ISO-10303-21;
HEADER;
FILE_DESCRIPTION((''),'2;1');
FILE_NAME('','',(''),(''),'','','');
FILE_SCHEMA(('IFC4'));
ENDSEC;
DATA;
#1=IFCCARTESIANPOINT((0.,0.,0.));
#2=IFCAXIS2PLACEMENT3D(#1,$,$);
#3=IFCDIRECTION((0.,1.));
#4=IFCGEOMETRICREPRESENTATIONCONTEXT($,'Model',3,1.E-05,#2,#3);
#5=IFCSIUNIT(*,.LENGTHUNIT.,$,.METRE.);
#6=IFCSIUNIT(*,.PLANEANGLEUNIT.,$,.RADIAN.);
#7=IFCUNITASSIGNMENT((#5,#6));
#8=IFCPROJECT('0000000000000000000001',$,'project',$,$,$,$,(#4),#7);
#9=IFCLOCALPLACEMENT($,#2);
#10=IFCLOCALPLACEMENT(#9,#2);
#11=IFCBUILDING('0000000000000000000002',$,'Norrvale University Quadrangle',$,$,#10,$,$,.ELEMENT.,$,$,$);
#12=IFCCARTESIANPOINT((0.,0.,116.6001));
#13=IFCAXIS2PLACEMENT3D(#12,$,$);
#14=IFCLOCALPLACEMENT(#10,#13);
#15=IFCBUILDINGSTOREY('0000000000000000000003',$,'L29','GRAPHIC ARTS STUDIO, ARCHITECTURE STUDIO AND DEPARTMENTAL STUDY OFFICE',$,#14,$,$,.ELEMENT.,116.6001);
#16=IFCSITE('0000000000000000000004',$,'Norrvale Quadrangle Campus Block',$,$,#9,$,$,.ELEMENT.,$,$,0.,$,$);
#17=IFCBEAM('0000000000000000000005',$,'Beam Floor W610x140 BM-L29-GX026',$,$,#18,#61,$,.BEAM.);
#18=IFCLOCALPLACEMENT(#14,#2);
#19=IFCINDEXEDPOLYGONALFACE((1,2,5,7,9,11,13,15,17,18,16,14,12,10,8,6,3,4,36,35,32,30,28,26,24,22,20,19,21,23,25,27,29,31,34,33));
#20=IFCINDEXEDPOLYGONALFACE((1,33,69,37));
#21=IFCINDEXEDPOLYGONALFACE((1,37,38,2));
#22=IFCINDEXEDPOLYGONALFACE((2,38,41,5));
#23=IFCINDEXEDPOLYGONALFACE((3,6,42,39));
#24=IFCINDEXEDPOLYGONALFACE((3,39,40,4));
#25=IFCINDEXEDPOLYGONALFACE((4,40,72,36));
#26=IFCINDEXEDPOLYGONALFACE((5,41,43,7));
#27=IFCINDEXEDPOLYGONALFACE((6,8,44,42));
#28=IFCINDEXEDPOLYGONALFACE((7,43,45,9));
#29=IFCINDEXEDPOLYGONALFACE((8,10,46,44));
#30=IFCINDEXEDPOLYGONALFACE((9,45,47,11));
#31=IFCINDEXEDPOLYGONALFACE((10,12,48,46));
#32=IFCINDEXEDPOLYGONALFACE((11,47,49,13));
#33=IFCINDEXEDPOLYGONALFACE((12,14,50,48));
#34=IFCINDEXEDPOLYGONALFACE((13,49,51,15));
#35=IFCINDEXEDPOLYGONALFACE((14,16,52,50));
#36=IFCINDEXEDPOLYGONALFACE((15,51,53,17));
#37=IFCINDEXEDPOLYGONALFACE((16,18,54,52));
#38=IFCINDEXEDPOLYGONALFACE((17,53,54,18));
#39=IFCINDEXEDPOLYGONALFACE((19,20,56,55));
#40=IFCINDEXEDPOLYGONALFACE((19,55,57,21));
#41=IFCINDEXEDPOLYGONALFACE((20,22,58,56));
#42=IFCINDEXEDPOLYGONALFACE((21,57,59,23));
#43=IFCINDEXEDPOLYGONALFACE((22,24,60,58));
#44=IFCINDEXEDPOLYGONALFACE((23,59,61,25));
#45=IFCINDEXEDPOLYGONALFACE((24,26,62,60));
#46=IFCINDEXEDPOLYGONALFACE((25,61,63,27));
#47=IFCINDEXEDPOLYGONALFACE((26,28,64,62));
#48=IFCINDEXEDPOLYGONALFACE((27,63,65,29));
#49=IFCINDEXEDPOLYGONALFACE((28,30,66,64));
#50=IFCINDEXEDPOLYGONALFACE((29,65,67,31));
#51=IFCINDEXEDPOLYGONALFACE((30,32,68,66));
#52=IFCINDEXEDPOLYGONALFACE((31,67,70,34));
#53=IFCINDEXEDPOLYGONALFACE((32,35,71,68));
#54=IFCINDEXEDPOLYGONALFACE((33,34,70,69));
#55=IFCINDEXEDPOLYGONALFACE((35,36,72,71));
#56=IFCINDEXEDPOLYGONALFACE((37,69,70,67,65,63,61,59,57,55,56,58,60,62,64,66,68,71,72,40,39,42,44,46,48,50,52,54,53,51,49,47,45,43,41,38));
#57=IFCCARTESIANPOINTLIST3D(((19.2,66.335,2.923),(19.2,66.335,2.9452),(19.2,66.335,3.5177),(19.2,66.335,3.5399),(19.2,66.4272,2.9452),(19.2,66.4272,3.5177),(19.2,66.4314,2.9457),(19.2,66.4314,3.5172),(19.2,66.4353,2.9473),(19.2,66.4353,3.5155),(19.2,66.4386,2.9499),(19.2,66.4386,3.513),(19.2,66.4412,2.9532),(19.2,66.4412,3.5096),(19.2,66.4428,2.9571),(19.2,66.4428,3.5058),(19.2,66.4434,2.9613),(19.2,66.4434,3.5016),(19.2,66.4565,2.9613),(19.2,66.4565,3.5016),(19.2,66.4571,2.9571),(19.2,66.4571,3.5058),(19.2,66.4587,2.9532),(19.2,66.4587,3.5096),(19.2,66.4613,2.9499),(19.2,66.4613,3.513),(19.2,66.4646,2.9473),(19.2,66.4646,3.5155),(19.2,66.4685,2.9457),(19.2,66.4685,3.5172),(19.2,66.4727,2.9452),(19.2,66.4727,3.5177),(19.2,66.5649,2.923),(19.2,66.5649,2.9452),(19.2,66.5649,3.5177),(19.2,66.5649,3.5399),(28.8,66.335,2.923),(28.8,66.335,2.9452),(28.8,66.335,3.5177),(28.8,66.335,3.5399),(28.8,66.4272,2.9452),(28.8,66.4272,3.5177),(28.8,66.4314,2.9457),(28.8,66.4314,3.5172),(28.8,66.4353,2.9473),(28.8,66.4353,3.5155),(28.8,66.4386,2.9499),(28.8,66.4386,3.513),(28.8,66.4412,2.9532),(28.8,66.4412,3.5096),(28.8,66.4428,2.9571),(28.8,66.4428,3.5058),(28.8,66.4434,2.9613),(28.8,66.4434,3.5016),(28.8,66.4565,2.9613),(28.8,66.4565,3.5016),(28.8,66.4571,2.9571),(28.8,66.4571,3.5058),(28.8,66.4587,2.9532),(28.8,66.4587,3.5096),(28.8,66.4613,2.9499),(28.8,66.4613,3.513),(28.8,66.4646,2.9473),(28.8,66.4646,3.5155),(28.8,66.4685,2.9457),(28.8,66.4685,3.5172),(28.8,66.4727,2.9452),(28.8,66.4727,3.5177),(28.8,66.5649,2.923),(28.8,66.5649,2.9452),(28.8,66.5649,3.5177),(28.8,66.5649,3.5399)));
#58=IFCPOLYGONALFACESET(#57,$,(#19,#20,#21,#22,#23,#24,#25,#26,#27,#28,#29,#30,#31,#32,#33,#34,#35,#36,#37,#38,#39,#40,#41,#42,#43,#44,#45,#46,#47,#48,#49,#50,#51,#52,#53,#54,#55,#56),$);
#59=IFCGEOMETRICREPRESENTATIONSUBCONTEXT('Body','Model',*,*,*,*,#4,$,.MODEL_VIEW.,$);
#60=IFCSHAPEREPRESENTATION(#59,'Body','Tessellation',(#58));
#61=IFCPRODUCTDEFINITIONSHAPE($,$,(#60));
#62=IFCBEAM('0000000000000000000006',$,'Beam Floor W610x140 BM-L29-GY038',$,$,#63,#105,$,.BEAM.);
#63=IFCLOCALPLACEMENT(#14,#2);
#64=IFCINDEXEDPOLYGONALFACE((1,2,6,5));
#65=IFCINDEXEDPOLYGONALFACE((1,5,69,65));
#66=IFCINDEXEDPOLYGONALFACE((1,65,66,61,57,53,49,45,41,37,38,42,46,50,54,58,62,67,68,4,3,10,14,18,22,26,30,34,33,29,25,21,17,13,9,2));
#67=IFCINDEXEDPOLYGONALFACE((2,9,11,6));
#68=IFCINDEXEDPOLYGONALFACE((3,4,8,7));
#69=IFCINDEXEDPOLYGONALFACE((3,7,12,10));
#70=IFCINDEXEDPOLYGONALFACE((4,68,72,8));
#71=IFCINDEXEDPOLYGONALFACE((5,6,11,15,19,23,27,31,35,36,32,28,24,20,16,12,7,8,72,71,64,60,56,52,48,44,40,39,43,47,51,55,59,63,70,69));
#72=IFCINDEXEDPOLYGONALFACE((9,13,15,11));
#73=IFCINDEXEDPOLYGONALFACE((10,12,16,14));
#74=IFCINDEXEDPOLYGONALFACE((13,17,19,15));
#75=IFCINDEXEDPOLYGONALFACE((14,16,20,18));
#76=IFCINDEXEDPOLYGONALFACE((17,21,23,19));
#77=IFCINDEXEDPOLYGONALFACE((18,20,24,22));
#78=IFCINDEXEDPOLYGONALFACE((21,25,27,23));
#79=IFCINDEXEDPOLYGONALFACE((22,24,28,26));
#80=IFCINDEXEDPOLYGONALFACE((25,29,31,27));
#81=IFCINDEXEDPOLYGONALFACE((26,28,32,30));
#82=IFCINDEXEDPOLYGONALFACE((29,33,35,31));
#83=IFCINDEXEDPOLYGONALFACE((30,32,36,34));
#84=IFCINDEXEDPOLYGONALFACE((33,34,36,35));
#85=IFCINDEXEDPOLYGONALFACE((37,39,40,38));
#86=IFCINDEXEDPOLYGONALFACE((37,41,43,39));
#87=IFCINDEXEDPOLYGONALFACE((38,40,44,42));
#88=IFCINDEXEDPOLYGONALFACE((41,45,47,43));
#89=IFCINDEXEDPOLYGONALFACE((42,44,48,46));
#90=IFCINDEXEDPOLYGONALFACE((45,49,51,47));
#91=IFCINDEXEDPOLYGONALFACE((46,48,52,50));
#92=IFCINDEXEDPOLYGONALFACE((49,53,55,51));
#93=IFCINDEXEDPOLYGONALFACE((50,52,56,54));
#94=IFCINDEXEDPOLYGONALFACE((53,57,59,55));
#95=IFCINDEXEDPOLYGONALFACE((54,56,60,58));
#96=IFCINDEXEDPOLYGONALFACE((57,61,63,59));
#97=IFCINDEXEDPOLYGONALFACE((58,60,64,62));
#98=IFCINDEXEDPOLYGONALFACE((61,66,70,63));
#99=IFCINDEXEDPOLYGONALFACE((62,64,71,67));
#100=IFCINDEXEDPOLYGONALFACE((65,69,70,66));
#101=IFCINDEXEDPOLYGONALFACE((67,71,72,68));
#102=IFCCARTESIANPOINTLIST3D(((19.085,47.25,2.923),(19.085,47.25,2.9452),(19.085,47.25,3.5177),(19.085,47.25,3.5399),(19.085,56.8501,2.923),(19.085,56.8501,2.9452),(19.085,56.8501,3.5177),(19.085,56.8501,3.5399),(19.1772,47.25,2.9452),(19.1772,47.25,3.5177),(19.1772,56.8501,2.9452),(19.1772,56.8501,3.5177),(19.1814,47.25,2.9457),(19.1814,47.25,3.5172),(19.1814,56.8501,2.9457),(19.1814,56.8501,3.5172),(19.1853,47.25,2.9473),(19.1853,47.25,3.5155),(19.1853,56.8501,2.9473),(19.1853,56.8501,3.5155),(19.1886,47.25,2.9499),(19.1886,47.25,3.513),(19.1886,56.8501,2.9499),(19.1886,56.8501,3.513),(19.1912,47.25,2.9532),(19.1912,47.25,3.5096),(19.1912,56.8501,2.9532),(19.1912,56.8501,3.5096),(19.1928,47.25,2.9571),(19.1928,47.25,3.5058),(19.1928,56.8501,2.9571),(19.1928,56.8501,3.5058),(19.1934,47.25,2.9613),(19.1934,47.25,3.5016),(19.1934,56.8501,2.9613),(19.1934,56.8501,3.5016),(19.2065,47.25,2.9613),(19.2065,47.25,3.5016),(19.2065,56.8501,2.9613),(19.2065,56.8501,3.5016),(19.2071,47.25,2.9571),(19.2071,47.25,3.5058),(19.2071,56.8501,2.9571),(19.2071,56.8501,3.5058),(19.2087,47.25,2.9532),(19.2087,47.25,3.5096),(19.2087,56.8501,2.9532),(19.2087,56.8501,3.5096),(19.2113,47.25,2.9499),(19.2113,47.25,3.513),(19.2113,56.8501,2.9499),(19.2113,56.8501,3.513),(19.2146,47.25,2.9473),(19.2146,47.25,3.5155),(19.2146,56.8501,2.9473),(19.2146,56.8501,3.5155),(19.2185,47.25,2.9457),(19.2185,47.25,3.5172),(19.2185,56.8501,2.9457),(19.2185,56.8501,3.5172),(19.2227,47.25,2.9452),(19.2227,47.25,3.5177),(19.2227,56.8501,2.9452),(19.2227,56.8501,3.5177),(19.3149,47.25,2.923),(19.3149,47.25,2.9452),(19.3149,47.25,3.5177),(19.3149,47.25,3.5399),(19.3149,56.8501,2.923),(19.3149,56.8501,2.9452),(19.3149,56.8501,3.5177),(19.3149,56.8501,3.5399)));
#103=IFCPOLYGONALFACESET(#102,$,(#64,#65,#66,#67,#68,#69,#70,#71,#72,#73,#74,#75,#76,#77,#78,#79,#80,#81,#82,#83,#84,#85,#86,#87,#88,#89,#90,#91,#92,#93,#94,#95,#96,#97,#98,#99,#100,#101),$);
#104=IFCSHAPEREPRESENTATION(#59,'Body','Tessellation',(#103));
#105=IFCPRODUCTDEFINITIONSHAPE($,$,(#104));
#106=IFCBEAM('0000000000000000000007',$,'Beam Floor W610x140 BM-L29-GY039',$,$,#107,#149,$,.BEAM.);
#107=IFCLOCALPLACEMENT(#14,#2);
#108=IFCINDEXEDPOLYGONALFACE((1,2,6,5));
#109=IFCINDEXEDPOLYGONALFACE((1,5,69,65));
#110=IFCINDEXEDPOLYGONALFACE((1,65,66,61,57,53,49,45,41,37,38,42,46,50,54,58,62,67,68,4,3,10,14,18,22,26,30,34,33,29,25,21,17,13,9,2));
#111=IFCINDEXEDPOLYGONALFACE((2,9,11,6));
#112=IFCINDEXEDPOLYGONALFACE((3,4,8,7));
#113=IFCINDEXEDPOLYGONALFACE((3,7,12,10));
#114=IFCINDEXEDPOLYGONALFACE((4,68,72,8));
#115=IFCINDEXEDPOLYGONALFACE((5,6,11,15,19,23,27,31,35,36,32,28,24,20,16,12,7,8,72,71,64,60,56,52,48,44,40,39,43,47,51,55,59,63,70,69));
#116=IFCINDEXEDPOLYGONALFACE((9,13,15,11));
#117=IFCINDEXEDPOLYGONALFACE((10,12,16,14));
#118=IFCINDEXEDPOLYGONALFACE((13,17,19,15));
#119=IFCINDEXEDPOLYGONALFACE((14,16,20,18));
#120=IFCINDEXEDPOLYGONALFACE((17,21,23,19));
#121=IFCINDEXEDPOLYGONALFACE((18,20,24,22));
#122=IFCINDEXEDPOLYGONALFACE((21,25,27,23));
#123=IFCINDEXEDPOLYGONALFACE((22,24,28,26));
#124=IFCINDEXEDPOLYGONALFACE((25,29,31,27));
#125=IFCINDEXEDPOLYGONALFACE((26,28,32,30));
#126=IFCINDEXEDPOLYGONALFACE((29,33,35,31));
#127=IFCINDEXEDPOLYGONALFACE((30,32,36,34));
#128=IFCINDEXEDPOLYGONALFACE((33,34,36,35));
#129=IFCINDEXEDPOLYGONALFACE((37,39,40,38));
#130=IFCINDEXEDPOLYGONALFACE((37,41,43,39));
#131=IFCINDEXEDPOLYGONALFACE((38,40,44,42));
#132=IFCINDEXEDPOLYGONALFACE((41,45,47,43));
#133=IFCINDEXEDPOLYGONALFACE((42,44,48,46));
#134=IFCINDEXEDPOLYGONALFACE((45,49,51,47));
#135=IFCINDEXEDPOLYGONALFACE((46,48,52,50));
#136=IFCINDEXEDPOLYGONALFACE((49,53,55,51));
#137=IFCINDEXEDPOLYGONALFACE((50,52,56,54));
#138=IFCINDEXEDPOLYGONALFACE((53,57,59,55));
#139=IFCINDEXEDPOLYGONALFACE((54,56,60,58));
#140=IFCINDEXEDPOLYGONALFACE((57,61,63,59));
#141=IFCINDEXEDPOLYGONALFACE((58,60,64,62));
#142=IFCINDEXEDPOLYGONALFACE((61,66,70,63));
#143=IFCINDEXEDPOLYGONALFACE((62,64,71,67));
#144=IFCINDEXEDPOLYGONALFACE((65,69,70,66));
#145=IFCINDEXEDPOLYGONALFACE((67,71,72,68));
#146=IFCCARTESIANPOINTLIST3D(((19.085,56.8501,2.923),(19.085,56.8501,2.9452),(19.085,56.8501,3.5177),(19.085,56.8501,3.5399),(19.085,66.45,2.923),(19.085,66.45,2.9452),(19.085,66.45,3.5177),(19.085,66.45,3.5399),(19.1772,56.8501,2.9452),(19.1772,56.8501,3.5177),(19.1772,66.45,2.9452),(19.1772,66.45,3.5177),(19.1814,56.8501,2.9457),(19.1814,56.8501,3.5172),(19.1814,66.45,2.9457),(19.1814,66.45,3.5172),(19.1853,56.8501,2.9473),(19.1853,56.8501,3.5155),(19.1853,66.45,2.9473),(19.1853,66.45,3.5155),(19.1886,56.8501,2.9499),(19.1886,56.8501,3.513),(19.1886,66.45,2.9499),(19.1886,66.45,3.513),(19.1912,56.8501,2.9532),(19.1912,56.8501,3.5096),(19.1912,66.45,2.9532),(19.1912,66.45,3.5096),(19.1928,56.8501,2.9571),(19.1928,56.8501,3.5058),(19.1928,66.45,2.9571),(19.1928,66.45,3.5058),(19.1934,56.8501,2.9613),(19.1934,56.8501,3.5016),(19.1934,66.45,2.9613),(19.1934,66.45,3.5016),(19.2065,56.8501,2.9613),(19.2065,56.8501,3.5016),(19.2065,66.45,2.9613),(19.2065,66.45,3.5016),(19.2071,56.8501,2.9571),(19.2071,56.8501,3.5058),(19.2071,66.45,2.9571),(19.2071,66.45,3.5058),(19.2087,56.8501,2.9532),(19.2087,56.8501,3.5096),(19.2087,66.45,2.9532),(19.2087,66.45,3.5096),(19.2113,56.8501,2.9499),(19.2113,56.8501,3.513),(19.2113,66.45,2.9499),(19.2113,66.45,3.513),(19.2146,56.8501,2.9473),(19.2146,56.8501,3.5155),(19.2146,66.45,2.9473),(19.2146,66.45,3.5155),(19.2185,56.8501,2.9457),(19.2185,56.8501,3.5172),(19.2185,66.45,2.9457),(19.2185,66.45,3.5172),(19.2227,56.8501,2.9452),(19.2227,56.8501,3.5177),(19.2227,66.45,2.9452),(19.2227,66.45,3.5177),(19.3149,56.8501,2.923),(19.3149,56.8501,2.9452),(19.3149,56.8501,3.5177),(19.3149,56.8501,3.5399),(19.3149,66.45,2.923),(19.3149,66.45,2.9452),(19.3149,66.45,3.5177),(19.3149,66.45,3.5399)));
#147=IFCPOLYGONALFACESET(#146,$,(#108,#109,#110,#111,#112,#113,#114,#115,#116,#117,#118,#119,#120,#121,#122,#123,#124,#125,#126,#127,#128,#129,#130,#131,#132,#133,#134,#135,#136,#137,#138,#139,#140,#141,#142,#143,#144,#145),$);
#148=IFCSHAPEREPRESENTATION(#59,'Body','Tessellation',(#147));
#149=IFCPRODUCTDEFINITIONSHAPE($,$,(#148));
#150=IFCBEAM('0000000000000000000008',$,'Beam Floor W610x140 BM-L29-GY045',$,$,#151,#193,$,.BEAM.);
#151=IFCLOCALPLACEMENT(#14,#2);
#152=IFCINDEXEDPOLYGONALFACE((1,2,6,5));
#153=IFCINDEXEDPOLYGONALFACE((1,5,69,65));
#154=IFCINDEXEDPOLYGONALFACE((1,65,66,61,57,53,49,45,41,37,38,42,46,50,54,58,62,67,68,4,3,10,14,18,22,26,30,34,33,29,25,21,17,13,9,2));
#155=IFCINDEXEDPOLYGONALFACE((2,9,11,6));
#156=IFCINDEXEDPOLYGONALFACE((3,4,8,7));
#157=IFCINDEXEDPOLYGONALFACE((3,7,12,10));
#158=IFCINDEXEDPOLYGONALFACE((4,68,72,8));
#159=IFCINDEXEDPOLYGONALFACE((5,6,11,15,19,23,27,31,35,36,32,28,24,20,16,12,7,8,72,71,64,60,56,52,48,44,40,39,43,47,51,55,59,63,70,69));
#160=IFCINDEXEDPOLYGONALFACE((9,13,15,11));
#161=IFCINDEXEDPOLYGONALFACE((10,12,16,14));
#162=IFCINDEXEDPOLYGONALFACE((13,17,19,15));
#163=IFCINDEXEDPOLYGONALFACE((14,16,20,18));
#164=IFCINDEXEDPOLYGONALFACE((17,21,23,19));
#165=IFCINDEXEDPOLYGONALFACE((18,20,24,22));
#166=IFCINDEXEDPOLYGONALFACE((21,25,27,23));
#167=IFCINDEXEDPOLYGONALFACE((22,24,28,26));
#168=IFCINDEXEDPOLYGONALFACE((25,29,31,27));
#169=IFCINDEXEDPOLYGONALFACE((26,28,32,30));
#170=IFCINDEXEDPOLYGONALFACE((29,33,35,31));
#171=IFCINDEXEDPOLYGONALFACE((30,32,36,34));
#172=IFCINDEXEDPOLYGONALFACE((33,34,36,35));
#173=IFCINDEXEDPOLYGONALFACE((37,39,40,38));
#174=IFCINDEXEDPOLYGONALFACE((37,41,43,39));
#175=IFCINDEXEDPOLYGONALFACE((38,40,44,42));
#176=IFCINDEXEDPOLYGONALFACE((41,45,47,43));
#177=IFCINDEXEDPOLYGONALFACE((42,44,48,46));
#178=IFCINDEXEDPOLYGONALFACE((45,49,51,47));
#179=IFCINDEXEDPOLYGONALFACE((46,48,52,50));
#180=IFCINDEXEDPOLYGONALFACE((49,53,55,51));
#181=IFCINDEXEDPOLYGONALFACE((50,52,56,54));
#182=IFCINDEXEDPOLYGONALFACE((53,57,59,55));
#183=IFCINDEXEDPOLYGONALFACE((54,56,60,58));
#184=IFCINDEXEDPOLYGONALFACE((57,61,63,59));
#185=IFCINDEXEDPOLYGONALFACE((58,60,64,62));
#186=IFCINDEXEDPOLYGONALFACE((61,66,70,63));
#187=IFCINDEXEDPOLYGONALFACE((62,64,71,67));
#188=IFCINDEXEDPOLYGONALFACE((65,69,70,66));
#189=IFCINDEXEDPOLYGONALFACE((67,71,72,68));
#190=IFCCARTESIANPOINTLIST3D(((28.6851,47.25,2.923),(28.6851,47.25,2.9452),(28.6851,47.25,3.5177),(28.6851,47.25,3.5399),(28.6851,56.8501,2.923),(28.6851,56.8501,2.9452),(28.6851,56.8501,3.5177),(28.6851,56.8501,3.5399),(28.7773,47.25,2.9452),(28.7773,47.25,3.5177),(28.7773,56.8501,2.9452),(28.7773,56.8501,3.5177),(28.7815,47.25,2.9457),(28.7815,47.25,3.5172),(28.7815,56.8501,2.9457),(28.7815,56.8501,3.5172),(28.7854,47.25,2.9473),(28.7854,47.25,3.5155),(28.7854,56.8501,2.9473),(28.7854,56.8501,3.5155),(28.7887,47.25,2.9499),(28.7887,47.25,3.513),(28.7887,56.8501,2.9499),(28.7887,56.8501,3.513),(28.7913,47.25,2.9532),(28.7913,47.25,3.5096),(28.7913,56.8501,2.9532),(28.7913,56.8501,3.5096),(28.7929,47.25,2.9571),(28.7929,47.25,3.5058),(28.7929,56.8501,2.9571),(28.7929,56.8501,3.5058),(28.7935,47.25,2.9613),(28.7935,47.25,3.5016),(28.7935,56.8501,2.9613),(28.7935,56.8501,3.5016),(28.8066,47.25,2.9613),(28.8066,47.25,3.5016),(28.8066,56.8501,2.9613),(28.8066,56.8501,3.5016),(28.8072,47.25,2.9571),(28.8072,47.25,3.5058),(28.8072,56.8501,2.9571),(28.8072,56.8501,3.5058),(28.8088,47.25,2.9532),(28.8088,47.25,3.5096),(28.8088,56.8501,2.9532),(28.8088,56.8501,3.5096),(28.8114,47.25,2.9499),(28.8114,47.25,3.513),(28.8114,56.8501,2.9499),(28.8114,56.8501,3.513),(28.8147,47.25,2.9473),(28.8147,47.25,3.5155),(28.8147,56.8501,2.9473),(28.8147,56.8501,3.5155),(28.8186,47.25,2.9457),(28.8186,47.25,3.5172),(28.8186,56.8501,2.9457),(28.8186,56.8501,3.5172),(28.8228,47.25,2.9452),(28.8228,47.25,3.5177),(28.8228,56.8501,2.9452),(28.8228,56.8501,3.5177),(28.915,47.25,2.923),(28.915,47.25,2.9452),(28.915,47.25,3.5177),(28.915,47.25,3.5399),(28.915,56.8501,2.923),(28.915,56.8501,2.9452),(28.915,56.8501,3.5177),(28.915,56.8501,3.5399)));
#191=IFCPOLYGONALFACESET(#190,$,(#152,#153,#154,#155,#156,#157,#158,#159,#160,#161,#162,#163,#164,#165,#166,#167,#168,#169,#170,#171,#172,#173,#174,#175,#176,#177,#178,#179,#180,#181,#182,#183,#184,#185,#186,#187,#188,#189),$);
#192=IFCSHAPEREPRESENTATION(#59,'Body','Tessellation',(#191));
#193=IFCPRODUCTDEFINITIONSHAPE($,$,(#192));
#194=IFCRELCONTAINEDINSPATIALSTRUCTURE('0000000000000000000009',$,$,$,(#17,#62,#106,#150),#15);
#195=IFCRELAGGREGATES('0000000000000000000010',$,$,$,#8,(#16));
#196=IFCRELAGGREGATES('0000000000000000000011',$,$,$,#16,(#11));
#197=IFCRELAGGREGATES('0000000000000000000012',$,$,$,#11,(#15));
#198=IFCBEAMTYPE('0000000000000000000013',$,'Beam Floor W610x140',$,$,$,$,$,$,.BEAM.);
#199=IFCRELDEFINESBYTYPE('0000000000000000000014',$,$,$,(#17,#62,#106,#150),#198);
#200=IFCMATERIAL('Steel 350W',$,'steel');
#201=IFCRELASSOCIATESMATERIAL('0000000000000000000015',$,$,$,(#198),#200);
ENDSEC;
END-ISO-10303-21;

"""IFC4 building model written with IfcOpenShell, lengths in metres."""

from ifc_helpers import new_model, si_unit, direction, frame, origin, origin_2d, place, context, subcontext, project, spatial, i_section, extrude, material, material_profile, profile_set, type_object, element, save


model = new_model("IFC4")

# Units and contexts
model_context = context("Model", 3, precision=1e-05, world=origin(), true_north=direction((0.0, 1.0)))
body_context = subcontext(model_context, "Body", "Model", "MODEL_VIEW")
ifc_project = project(units=[si_unit("LENGTHUNIT", "METRE"), si_unit("PLANEANGLEUNIT", "RADIAN")], contexts=[model_context])

# Site, building, storey
site_placement = place(None, origin())
site = spatial("IfcSite", under=ifc_project, at=site_placement, Name="Norrvale Quadrangle Campus Block", CompositionType="ELEMENT", RefElevation=0.0)
building_placement = place(site_placement, origin())
building = spatial("IfcBuilding", under=site, at=building_placement, Name="Norrvale University Quadrangle", CompositionType="ELEMENT")
storey_placement = place(building_placement, frame((0.0, 0.0, 116.6001)))
storey = spatial("IfcBuildingStorey", under=building, at=storey_placement, Name="L29", Description="GRAPHIC ARTS STUDIO, ARCHITECTURE STUDIO AND DEPARTMENTAL STUDY OFFICE", CompositionType="ELEMENT", Elevation=116.6001)

# Beams
ifc_material_1 = material(Name="Steel 350W", Category="steel")
ifc_material_profile_1 = material_profile(ifc_material_1, i_section(OverallWidth=0.23, OverallDepth=0.6169, WebThickness=0.0132, FlangeThickness=0.0222, FilletRadius=0.0161, at=origin_2d()), Name="Steel 350W")
ifc_profile_set_1 = profile_set([ifc_material_profile_1], Name="Steel 350W")
beam_type_1 = type_object("IfcBeamType", Name="Beam Floor W610x140", PredefinedType="BEAM", material=ifc_profile_set_1)
for number, where, z_axis, x_axis, name in (
    (1, (19.2, 66.45, 3.2314), (1.0, 0.0, 0.0), (0.0, 1.0, 0.0), "Beam Floor W610x140 BM-L29-GX026"),
    (2, (19.2, 47.25, 3.2314), (0.0, 1.0, 0.0), (-1.0, 0.0, 0.0), "Beam Floor W610x140 BM-L29-GY038"),
):
    element("IfcBeam", number, at=place(storey_placement, frame(where, z_axis=z_axis, x_axis=x_axis)), inside=storey, type_object=beam_type_1, Name=name, PredefinedType="BEAM", context=body_context, shape_type="SweptSolid", body=[
        extrude(i_section(OverallWidth=0.23, OverallDepth=0.6169, WebThickness=0.0132, FlangeThickness=0.0222, FilletRadius=0.0161, at=origin_2d()), origin(), (0.0, 0.0, 1.0), 9.6001),
    ])
beam_1_placement = place(storey_placement, frame((19.2, 56.8501, 3.2314), z_axis=(0.0, 1.0, 0.0), x_axis=(-1.0, 0.0, 0.0)))
element("IfcBeam", 3, at=beam_1_placement, inside=storey, type_object=beam_type_1, Name="Beam Floor W610x140 BM-L29-GY039", PredefinedType="BEAM", context=body_context, shape_type="SweptSolid", body=[
    extrude(i_section(OverallWidth=0.23, OverallDepth=0.6169, WebThickness=0.0132, FlangeThickness=0.0222, FilletRadius=0.0161, at=origin_2d()), origin(), (0.0, 0.0, 1.0), 9.5999),
])
beam_2_placement = place(storey_placement, frame((28.8, 47.25, 3.2314), z_axis=(0.0, 1.0, 0.0), x_axis=(-1.0, 0.0, 0.0)))
element("IfcBeam", 4, at=beam_2_placement, inside=storey, type_object=beam_type_1, Name="Beam Floor W610x140 BM-L29-GY045", PredefinedType="BEAM", context=body_context, shape_type="SweptSolid", body=[
    extrude(i_section(OverallWidth=0.23, OverallDepth=0.6169, WebThickness=0.0132, FlangeThickness=0.0222, FilletRadius=0.0161, at=origin_2d()), origin(), (0.0, 0.0, 1.0), 9.6001),
])

save(model, "model.ifc")
